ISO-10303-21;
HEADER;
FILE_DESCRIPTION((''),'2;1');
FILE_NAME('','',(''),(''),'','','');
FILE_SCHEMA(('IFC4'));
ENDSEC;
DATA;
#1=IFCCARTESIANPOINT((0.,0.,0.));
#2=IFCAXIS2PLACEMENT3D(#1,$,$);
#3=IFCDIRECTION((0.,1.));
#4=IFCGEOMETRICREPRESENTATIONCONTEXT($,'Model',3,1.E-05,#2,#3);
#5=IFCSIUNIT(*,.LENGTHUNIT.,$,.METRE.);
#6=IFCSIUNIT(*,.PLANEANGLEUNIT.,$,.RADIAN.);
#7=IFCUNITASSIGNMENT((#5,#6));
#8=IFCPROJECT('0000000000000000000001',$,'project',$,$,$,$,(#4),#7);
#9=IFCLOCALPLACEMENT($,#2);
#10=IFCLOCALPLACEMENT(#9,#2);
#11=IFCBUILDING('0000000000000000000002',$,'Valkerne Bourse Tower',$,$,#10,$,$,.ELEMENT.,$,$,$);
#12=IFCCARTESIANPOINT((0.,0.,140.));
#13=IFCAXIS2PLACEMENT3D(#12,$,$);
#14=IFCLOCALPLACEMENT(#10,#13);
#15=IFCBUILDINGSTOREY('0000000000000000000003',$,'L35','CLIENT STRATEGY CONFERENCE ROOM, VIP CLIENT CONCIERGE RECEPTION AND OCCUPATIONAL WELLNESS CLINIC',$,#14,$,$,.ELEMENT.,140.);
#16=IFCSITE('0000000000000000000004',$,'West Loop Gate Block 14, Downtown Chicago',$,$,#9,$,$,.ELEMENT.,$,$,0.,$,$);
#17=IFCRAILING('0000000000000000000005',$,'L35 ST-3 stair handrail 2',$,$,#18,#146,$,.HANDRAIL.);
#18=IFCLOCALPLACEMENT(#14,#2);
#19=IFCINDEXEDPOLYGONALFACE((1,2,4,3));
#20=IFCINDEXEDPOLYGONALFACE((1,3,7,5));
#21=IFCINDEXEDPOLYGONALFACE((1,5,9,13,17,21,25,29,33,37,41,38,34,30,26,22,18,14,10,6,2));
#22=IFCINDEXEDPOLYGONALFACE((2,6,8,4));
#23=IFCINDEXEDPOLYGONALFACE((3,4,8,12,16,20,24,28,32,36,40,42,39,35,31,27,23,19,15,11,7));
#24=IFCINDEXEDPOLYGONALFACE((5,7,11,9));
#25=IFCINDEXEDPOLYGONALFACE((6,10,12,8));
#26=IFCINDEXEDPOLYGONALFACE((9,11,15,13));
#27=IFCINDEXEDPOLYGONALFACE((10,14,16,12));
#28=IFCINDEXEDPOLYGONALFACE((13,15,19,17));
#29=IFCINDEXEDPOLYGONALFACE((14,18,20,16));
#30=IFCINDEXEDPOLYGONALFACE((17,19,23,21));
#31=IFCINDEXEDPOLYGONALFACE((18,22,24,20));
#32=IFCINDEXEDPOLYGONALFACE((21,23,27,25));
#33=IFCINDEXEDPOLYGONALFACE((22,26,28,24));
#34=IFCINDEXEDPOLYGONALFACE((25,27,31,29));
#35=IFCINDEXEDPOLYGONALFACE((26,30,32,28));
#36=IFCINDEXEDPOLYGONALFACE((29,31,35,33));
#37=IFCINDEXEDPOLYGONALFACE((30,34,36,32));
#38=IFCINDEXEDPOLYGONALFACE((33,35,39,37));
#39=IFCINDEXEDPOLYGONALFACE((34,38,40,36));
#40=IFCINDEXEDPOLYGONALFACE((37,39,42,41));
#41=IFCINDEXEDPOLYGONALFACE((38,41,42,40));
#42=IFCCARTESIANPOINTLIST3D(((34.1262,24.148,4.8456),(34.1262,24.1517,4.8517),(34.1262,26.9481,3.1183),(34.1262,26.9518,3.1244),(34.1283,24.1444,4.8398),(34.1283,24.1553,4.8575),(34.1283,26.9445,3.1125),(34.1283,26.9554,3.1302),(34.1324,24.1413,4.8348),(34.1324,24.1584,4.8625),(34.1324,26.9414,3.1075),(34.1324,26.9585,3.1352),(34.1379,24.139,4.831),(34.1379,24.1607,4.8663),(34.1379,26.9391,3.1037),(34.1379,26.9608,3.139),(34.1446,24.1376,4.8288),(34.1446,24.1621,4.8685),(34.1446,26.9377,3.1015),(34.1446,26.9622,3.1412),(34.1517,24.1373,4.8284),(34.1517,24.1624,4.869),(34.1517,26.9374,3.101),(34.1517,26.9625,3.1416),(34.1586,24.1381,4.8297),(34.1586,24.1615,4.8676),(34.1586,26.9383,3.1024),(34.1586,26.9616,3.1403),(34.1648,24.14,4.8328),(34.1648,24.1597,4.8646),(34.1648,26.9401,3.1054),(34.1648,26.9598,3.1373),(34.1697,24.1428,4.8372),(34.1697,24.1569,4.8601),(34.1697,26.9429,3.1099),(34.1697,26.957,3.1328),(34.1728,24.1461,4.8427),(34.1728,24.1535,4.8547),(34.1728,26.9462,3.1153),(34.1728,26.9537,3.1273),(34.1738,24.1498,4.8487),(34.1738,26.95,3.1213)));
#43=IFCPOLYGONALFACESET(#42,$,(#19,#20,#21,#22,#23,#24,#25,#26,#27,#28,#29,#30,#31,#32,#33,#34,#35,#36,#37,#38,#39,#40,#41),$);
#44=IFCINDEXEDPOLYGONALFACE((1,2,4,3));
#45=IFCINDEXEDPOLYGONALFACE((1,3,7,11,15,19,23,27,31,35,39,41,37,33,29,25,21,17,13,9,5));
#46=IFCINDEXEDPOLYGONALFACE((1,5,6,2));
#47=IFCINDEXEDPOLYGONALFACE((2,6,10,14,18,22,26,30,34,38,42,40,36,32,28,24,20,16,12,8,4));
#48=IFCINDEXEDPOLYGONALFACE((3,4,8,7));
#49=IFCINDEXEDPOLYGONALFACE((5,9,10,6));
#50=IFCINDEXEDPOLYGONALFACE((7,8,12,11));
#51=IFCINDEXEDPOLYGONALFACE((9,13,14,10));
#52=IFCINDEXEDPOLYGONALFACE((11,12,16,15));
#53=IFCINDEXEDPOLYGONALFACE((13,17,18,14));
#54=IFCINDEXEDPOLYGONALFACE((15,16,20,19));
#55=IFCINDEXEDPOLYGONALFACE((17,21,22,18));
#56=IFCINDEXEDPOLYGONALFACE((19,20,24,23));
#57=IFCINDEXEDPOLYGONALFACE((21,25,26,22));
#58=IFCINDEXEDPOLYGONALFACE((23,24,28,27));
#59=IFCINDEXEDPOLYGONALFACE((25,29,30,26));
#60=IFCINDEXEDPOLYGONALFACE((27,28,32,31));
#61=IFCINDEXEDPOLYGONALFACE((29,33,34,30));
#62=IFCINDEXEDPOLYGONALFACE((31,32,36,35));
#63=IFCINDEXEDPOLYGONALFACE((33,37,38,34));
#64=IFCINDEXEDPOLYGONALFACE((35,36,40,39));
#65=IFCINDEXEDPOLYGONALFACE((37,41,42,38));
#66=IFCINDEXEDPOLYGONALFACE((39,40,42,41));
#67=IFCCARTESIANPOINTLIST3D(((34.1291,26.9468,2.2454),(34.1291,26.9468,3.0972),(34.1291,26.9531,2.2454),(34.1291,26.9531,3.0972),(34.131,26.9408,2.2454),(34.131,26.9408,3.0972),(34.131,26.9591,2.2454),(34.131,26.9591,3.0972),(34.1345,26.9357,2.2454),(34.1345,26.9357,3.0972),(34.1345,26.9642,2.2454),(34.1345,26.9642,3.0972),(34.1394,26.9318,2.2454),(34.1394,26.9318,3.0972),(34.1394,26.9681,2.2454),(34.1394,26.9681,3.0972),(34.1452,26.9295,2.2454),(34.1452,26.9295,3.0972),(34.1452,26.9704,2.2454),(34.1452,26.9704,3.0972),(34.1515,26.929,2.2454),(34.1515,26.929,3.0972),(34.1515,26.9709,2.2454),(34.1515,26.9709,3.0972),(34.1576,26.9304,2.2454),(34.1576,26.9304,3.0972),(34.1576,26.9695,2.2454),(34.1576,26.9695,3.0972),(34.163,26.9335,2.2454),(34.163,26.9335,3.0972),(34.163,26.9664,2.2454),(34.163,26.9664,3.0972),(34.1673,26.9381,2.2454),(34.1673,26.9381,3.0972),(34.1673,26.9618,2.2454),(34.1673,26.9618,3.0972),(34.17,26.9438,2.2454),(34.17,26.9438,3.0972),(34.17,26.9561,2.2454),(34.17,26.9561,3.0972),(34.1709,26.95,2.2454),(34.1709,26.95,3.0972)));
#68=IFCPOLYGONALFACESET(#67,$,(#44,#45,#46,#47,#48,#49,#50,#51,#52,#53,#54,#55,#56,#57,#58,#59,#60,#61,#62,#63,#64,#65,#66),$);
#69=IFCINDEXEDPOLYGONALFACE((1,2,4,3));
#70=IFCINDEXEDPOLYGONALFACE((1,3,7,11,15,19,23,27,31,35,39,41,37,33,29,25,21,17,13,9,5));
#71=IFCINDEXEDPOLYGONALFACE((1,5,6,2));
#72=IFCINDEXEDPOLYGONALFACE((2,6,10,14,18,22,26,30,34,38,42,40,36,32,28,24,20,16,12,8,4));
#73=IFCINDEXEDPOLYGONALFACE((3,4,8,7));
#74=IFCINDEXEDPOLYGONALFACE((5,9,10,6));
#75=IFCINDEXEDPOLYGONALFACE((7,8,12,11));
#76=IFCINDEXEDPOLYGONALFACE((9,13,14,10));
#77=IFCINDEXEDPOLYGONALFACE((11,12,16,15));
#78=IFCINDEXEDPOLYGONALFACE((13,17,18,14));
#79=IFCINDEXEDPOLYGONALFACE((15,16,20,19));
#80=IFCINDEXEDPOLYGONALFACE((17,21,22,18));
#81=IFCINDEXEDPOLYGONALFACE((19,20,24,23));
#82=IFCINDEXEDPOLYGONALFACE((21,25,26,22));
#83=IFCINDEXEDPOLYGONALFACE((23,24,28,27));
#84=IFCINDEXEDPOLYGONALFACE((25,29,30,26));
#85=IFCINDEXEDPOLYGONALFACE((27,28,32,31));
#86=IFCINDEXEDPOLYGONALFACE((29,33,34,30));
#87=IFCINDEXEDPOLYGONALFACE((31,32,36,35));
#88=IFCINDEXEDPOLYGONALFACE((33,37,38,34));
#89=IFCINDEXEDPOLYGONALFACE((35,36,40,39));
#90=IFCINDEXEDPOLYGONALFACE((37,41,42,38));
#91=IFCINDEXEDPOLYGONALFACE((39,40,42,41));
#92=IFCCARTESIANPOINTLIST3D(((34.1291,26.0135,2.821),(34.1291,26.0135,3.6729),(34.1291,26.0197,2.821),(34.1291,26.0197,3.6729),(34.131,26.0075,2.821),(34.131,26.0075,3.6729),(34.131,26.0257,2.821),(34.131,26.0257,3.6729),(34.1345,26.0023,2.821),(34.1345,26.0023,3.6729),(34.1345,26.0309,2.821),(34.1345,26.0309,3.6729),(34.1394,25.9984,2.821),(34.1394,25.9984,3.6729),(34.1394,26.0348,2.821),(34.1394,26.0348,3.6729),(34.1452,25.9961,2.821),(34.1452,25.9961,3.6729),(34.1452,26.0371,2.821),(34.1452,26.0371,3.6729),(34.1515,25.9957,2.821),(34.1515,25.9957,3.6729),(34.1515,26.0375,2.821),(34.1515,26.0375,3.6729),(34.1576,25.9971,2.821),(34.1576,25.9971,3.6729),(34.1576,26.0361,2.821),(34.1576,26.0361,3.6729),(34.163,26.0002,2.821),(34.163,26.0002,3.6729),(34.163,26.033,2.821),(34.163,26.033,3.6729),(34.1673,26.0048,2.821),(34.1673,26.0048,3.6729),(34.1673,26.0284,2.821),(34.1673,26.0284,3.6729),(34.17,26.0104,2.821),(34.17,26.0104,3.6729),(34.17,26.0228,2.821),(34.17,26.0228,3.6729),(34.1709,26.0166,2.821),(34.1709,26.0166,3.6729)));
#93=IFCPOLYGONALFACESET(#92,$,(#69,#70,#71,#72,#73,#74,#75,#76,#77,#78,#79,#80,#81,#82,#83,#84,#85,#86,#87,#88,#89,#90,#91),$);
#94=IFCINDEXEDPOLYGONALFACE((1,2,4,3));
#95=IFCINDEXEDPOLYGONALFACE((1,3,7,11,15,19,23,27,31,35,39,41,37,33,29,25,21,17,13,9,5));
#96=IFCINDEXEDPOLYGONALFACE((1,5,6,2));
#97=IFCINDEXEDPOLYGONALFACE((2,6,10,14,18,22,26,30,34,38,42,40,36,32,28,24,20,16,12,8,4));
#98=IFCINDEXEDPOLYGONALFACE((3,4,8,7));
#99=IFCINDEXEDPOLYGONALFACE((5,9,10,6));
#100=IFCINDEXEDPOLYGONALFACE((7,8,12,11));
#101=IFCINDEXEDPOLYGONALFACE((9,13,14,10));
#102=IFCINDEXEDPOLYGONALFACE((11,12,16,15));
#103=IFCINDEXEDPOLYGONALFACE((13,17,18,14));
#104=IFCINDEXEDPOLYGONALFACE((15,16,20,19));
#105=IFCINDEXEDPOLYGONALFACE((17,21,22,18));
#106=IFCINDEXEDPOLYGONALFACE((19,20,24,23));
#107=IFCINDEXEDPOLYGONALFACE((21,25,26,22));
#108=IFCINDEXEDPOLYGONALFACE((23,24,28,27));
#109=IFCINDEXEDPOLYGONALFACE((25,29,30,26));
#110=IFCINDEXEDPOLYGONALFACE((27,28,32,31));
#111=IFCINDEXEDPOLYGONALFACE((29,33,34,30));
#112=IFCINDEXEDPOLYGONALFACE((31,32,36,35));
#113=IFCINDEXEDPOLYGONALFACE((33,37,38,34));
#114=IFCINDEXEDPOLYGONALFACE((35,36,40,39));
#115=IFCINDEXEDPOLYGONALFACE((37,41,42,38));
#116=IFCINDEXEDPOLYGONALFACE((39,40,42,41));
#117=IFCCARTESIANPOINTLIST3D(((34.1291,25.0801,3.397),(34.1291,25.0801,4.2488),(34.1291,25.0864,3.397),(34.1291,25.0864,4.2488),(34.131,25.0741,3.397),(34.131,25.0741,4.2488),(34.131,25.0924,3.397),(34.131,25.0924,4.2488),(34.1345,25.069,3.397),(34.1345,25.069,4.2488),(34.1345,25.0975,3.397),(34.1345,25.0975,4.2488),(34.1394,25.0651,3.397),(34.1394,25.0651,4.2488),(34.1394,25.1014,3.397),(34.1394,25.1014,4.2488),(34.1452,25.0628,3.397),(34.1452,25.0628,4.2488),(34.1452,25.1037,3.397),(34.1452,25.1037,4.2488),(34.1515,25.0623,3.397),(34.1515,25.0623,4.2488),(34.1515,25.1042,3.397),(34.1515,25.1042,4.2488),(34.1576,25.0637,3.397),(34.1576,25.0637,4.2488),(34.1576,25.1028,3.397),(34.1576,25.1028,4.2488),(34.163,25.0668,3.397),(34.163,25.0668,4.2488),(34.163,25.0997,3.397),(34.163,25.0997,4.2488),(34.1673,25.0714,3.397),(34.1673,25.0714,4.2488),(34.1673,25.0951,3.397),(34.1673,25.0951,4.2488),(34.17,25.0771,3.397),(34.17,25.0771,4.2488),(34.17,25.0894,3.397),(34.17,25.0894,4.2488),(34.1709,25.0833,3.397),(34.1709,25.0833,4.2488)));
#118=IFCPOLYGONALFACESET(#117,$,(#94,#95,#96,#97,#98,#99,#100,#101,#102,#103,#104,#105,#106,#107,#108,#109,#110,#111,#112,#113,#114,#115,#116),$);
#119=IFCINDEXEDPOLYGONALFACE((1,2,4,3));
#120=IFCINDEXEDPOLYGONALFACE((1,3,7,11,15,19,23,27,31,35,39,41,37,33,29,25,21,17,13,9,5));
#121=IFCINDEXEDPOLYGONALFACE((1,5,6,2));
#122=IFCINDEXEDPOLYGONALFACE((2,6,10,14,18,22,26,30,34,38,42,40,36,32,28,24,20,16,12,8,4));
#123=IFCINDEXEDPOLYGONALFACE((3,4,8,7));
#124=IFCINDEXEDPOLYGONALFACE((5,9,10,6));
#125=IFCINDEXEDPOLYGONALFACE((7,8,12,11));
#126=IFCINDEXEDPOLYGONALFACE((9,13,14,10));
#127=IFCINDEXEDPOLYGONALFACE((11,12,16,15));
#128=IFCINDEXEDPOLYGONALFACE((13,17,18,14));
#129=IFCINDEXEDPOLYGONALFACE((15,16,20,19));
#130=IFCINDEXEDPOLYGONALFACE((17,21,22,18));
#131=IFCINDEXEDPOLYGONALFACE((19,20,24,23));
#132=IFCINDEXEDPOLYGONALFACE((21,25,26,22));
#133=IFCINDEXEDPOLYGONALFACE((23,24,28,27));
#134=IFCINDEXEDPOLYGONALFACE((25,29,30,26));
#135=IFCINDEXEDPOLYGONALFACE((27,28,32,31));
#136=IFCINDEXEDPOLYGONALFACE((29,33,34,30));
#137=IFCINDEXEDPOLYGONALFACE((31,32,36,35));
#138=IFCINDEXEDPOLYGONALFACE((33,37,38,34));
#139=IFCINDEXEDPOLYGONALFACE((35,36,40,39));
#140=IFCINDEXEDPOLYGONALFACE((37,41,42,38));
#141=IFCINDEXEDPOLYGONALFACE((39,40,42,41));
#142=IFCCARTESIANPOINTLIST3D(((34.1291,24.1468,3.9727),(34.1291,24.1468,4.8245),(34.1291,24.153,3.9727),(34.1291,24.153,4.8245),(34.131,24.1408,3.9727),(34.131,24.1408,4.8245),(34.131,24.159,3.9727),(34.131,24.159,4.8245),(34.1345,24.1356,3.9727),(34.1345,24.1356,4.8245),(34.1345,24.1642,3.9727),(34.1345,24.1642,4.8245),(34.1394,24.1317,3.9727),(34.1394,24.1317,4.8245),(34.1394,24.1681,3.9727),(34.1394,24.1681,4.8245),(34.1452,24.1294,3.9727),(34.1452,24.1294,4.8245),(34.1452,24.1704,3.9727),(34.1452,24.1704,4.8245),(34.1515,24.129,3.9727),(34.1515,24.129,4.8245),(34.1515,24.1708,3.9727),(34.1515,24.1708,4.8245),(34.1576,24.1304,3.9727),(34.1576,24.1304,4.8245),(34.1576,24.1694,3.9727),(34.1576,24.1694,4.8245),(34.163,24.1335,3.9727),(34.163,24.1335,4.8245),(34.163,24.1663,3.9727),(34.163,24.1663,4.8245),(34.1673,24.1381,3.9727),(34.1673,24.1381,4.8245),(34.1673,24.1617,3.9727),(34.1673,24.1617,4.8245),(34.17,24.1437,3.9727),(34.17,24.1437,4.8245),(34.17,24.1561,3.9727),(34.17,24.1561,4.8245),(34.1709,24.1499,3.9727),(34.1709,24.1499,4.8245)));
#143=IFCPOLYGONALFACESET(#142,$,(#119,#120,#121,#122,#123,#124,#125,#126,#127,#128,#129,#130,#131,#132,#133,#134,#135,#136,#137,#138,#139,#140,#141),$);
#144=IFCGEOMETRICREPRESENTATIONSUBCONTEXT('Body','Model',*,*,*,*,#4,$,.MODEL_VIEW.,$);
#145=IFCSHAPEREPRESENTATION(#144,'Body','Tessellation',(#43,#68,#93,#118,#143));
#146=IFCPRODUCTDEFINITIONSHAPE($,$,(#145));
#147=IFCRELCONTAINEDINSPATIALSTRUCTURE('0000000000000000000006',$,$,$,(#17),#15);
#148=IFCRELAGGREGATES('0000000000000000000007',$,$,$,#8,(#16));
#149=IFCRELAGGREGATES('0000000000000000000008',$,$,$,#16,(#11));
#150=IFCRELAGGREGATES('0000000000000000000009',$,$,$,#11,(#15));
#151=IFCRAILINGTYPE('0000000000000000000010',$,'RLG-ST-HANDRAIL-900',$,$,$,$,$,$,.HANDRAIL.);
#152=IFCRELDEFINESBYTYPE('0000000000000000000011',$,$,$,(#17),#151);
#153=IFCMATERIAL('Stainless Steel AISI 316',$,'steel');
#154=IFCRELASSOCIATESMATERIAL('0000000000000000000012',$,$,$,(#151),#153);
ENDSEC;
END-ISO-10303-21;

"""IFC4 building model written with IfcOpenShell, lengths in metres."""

from ifc_helpers import new_model, si_unit, direction, frame, origin, origin_2d, place, context, subcontext, project, spatial, circle, extrude, material, type_object, element, save


model = new_model("IFC4")

# Units and contexts
model_context = context("Model", 3, precision=1e-05, world=origin(), true_north=direction((0.0, 1.0)))
body_context = subcontext(model_context, "Body", "Model", "MODEL_VIEW")
ifc_project = project(units=[si_unit("LENGTHUNIT", "METRE"), si_unit("PLANEANGLEUNIT", "RADIAN")], contexts=[model_context])

# Site, building, storey
site_placement = place(None, origin())
site = spatial("IfcSite", under=ifc_project, at=site_placement, Name="West Loop Gate Block 14, Downtown Chicago", CompositionType="ELEMENT", RefElevation=0.0)
building_placement = place(site_placement, origin())
building = spatial("IfcBuilding", under=site, at=building_placement, Name="Valkerne Bourse Tower", CompositionType="ELEMENT")
storey_placement = place(building_placement, frame((0.0, 0.0, 140.0)))
storey = spatial("IfcBuildingStorey", under=building, at=storey_placement, Name="L35", Description="CLIENT STRATEGY CONFERENCE ROOM, VIP CLIENT CONCIERGE RECEPTION AND OCCUPATIONAL WELLNESS CLINIC", CompositionType="ELEMENT", Elevation=140.0)

# Railing
ifc_material_1 = material(Name="Stainless Steel AISI 316", Category="steel")
railing_type_1 = type_object("IfcRailingType", Name="RLG-ST-HANDRAIL-900", PredefinedType="HANDRAIL", material=ifc_material_1)
railing_1_placement = place(storey_placement, frame((34.1499, 26.95, 2.2454)))
element("IfcRailing", 1, at=railing_1_placement, inside=storey, type_object=railing_type_1, Name="L35 ST-3 stair handrail 2", PredefinedType="HANDRAIL", context=body_context, shape_type="SweptSolid", body=[
    extrude(circle(Radius=0.0239, at=origin_2d()), frame((0.0, 0.0, 0.876), z_axis=(0.0, -0.85109, 0.52502), x_axis=(1.0, 0.0, 0.0)), (0.0, 0.0, 1.0), 3.29),
    extrude(circle(Radius=0.021, at=origin_2d()), origin(), (0.0, 0.0, 1.0), 0.8518),
    extrude(circle(Radius=0.021, at=origin_2d()), frame((0.0, -0.9333, 0.5757)), (0.0, 0.0, 1.0), 0.8518),
    extrude(circle(Radius=0.021, at=origin_2d()), frame((0.0, -1.8667, 1.1516)), (0.0, 0.0, 1.0), 0.8518),
    extrude(circle(Radius=0.021, at=origin_2d()), frame((0.0, -2.8, 1.7273)), (0.0, 0.0, 1.0), 0.8518),
])

save(model, "model.ifc")
